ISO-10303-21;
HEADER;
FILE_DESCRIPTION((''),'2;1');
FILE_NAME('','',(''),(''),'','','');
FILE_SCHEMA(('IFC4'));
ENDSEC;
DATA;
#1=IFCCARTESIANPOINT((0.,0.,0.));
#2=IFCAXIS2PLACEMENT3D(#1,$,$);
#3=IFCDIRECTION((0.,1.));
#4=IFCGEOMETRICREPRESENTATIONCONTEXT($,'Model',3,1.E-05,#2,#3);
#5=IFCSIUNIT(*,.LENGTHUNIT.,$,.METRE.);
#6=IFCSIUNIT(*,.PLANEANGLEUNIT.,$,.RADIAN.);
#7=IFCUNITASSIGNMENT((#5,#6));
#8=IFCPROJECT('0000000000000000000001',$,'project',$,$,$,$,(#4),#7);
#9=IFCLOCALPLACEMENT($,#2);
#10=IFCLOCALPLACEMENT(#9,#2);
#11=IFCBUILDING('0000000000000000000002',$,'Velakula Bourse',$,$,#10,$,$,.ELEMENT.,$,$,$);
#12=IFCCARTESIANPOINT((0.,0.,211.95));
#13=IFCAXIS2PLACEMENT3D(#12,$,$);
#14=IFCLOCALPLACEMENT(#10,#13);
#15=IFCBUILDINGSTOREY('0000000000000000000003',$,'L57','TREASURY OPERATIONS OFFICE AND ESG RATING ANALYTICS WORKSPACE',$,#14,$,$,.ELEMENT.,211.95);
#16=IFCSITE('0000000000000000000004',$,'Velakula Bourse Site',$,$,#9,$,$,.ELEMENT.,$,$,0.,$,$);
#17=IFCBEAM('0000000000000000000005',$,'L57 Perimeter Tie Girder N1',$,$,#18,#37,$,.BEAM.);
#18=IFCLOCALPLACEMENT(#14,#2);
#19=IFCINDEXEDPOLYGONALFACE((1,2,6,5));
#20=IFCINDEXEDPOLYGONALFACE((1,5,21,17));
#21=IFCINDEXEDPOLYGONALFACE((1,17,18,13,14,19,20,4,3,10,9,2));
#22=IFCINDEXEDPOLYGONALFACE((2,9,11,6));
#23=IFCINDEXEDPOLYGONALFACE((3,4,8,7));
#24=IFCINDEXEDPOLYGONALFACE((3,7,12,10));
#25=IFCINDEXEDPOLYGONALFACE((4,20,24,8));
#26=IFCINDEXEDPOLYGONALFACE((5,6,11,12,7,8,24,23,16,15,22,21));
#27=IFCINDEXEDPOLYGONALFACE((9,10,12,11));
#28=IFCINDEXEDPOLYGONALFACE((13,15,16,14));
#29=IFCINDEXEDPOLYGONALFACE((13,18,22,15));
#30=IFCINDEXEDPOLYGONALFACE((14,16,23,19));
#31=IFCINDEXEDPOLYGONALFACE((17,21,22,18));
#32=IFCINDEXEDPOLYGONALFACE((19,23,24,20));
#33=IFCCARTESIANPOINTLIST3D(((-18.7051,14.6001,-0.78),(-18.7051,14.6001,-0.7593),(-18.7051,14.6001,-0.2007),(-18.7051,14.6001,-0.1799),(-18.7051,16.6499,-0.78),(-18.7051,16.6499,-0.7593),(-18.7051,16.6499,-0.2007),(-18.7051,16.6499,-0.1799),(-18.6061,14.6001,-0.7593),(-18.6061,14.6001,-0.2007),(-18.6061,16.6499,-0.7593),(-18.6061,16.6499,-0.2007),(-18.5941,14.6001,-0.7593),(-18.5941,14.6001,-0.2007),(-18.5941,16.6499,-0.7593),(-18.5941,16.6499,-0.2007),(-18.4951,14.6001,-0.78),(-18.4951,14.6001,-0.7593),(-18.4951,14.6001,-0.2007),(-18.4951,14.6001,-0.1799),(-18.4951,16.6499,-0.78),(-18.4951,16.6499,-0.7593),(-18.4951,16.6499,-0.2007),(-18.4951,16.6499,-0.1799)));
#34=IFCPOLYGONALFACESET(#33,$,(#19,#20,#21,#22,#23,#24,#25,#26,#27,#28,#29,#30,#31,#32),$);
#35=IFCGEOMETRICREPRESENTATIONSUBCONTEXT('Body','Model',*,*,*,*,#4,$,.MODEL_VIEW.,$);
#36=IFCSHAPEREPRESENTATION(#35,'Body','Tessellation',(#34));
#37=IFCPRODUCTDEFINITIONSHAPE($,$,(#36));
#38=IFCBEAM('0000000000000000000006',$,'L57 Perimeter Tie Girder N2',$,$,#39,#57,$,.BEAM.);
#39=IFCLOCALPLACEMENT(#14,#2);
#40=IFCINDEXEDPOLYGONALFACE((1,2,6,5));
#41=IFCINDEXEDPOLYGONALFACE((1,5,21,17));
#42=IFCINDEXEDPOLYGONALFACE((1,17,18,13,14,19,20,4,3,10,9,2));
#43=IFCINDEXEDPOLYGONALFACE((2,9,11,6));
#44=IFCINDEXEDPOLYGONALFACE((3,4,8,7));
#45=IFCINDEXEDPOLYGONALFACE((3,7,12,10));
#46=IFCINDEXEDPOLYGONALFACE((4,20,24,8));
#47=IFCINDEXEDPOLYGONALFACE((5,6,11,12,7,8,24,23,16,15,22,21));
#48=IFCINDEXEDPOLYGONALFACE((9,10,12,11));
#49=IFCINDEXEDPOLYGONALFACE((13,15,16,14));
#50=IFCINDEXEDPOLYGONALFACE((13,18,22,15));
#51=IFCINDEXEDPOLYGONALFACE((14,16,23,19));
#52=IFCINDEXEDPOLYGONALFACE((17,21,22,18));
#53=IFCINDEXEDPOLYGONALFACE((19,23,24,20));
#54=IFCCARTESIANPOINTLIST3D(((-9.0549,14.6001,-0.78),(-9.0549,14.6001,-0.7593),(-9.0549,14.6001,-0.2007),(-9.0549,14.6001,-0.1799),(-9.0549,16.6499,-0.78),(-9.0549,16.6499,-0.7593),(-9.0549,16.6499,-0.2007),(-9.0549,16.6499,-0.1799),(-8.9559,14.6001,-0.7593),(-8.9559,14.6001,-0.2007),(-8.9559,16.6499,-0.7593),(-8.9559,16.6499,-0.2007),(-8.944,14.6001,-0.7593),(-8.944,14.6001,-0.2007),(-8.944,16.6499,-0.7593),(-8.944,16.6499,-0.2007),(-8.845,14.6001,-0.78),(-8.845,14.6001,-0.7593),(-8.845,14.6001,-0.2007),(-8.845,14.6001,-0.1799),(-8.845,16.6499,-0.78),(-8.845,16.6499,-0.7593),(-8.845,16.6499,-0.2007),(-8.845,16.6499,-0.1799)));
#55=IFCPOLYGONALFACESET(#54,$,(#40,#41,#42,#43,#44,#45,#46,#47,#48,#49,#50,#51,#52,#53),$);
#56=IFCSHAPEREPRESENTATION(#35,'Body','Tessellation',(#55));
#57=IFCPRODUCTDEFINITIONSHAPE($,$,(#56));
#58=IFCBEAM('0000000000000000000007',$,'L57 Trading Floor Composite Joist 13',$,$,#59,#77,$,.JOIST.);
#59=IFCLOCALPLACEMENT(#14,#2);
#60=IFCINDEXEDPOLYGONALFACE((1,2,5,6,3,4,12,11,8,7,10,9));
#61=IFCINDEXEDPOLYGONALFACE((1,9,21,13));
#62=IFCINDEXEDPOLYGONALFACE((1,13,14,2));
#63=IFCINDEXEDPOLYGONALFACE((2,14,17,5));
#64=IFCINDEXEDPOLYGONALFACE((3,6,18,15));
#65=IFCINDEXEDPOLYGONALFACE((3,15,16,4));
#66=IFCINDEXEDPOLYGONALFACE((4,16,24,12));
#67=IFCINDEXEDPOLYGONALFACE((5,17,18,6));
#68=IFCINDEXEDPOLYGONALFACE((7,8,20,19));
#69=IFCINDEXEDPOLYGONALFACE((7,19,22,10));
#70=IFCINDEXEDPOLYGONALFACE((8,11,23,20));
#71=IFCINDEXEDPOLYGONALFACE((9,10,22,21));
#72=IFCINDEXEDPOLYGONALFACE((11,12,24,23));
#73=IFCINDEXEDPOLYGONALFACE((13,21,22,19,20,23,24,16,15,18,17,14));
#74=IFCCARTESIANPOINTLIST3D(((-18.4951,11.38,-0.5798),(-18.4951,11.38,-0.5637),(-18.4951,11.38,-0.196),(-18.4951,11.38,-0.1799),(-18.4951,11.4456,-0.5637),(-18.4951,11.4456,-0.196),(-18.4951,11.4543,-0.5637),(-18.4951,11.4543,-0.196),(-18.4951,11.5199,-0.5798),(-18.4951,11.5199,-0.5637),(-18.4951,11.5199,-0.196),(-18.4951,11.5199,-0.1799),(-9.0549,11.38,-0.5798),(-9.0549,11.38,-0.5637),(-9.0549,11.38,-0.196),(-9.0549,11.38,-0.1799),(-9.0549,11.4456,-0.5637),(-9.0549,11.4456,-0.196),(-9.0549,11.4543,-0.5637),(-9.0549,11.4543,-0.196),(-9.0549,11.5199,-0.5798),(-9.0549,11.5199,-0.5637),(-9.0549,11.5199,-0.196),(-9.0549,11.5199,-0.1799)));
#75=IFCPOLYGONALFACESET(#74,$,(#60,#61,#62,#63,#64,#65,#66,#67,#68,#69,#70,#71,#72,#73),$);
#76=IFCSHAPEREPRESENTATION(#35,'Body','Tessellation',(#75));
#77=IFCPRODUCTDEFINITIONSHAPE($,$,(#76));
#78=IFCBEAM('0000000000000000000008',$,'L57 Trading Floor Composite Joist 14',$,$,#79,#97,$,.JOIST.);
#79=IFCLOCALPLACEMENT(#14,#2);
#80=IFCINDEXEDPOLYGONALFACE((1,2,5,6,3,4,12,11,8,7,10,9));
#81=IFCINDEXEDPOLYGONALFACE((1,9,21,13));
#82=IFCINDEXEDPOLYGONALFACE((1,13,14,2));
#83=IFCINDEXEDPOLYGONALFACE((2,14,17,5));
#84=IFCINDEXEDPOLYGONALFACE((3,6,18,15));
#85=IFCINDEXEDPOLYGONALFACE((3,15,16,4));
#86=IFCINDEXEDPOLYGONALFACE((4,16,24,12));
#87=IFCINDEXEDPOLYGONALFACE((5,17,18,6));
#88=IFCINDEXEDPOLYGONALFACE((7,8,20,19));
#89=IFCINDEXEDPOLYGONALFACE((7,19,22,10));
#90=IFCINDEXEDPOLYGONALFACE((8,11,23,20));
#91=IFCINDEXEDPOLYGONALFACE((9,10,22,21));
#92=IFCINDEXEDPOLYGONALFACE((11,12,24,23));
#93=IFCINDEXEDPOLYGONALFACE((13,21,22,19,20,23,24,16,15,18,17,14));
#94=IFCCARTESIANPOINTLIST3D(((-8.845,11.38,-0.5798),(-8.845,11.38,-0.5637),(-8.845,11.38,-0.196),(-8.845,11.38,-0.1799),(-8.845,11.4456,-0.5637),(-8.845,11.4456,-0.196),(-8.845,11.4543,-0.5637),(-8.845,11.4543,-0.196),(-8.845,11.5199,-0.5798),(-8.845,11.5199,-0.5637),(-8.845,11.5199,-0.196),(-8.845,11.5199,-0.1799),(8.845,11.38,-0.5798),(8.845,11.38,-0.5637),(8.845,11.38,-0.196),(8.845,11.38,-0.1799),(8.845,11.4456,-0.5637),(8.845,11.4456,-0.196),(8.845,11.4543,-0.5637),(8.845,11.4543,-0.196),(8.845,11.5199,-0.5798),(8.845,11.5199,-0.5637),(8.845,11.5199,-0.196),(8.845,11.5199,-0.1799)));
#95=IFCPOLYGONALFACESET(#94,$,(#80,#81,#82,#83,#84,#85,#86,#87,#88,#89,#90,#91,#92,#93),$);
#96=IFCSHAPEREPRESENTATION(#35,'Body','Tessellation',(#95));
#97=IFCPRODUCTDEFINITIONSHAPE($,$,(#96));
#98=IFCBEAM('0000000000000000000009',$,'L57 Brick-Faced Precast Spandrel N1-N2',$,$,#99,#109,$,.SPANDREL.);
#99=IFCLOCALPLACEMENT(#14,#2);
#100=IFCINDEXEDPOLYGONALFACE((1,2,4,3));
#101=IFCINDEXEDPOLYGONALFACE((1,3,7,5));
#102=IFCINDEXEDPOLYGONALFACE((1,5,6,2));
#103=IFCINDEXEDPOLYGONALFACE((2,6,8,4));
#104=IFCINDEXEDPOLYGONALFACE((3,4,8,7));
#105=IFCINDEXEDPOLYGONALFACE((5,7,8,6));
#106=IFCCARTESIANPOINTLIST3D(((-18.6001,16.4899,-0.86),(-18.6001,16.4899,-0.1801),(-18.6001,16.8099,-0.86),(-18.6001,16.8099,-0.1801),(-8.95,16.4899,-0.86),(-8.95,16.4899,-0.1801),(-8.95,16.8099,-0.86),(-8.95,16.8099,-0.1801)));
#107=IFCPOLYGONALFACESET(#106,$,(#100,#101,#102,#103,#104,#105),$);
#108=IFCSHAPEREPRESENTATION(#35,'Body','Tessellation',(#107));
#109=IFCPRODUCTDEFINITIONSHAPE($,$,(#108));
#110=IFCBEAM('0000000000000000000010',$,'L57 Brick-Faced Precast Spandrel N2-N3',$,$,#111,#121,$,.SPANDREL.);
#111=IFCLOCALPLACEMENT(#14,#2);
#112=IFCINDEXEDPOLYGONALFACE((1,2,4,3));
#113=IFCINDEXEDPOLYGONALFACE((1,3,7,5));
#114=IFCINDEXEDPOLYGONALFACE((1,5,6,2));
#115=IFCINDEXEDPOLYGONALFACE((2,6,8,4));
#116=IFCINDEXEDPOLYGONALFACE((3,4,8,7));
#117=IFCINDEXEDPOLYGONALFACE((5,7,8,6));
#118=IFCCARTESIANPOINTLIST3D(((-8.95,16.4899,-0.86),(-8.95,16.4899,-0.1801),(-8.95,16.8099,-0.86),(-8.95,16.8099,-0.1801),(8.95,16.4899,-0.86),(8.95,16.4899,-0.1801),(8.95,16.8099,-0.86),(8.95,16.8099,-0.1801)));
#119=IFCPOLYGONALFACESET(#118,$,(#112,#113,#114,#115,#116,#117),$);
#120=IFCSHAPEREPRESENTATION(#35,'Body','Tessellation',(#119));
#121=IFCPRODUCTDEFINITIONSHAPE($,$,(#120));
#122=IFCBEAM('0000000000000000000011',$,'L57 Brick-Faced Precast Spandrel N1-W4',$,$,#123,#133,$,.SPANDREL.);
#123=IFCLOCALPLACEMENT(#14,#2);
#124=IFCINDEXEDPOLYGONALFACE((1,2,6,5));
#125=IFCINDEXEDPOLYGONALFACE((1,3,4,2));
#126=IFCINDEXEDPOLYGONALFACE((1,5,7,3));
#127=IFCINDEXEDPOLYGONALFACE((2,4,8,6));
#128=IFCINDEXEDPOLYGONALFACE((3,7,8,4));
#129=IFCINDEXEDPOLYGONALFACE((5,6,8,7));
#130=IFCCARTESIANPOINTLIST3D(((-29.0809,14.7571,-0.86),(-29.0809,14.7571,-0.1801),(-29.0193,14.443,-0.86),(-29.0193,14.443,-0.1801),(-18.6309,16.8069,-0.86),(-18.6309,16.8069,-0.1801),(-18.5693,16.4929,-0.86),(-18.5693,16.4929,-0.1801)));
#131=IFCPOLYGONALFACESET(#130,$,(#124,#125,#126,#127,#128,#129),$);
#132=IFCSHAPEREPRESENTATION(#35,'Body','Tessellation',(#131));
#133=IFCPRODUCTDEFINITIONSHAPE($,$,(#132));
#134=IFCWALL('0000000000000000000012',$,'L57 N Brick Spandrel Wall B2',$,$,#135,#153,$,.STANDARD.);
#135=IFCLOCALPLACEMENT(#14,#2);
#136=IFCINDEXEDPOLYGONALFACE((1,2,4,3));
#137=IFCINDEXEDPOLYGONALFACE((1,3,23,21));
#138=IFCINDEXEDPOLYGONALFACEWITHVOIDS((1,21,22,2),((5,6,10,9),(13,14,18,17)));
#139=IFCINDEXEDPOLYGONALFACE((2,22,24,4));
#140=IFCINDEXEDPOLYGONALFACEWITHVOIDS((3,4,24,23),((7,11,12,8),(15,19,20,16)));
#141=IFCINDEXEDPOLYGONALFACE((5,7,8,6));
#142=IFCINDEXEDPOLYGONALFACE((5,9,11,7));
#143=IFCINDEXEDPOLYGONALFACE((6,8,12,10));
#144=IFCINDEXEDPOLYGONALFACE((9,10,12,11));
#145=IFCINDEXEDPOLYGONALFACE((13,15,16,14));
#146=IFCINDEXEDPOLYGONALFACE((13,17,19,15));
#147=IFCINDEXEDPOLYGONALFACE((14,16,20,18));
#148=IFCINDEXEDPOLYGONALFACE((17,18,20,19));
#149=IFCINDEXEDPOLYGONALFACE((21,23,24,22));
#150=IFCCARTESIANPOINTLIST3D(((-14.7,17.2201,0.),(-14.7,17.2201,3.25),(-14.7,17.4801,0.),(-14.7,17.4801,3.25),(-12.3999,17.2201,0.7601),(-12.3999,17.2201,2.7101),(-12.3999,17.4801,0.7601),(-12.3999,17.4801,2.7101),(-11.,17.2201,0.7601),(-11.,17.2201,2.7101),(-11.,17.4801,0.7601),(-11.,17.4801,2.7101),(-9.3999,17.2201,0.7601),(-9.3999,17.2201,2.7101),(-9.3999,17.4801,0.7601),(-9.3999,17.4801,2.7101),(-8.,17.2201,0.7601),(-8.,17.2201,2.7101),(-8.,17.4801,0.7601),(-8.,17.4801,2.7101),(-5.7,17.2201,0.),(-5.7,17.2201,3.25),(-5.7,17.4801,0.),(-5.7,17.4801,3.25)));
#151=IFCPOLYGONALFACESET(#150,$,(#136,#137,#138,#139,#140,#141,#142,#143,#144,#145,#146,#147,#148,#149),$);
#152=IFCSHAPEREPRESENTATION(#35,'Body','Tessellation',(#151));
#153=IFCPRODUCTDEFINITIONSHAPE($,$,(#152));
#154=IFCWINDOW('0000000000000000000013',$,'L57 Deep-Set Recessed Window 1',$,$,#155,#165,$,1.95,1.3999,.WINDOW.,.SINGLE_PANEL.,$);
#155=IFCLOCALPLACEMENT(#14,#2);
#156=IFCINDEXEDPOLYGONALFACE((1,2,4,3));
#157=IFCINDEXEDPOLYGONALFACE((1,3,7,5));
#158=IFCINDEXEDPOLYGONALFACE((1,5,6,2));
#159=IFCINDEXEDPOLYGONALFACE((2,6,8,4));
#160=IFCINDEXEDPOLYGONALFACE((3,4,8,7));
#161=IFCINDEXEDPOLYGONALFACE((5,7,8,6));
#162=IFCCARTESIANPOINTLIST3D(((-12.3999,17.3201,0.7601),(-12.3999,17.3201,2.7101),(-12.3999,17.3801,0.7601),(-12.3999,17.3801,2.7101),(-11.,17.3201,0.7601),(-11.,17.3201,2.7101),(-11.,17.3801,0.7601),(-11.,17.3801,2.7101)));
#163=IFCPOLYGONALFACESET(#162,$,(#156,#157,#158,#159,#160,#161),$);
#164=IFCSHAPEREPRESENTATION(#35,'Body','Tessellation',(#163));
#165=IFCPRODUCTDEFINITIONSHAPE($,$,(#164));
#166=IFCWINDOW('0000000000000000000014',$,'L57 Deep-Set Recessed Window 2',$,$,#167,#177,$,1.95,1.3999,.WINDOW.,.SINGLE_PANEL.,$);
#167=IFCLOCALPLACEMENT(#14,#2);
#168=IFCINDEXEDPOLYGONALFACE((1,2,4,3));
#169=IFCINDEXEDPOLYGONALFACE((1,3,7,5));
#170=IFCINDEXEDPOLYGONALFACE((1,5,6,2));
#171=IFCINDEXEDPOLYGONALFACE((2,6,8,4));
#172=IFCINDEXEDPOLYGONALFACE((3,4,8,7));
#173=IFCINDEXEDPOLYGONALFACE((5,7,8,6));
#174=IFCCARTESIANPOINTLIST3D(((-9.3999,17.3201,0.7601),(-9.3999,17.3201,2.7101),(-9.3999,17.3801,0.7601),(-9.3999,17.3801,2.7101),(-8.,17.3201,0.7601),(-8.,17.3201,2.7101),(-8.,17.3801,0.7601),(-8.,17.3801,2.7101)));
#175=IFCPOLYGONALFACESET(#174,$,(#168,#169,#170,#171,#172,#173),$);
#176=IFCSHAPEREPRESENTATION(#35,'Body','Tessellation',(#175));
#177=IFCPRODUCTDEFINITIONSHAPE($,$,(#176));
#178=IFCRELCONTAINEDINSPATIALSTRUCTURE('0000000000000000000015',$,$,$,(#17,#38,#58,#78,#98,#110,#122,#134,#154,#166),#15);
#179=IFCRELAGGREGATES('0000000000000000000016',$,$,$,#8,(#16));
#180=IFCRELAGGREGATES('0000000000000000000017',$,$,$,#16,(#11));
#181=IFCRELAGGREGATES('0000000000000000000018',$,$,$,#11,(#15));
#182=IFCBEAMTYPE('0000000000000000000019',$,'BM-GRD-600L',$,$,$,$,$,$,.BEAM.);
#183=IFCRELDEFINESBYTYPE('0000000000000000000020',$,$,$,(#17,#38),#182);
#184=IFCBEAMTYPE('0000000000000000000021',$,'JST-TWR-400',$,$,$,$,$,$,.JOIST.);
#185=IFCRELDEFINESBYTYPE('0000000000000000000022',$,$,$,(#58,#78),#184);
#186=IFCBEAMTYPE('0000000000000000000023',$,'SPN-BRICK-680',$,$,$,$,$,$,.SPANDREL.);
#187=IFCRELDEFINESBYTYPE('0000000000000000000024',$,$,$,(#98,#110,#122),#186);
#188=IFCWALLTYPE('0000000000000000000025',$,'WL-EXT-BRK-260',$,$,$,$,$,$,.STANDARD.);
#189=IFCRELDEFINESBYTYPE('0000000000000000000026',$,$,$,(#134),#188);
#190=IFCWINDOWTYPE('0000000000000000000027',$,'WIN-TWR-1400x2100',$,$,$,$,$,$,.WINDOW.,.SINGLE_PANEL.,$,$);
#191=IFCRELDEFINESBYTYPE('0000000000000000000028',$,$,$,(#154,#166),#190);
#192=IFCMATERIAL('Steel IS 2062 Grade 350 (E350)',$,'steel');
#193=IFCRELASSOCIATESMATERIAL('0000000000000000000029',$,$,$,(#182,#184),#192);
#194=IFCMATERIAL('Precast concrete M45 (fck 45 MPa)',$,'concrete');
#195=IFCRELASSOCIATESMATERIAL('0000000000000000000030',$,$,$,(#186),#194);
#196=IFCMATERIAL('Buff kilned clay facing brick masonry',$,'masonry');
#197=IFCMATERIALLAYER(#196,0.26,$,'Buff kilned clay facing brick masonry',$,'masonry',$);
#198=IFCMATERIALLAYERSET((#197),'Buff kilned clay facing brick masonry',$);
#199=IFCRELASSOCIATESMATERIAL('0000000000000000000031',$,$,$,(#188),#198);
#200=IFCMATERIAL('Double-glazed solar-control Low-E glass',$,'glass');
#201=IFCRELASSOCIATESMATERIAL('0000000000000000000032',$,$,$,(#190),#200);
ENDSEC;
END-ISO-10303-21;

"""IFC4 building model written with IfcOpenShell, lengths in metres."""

from ifc_helpers import new_model, si_unit, direction, frame, frame_2d, origin, origin_2d, place, context, subcontext, project, spatial, rectangle, i_section, extrude, material, layer, layer_set, material_profile, profile_set, type_object, element, fill, save


model = new_model("IFC4")

# Units and contexts
model_context = context("Model", 3, precision=1e-05, world=origin(), true_north=direction((0.0, 1.0)))
body_context = subcontext(model_context, "Body", "Model", "MODEL_VIEW")
ifc_project = project(units=[si_unit("LENGTHUNIT", "METRE"), si_unit("PLANEANGLEUNIT", "RADIAN")], contexts=[model_context])

# Site, building, storey
site_placement = place(None, origin())
site = spatial("IfcSite", under=ifc_project, at=site_placement, Name="Velakula Bourse Site", CompositionType="ELEMENT", RefElevation=0.0)
building_placement = place(site_placement, origin())
building = spatial("IfcBuilding", under=site, at=building_placement, Name="Velakula Bourse", CompositionType="ELEMENT")
storey_placement = place(building_placement, frame((0.0, 0.0, 211.95)))
storey = spatial("IfcBuildingStorey", under=building, at=storey_placement, Name="L57", Description="TREASURY OPERATIONS OFFICE AND ESG RATING ANALYTICS WORKSPACE", CompositionType="ELEMENT", Elevation=211.95)

# Shared definitions
ifc_material_1 = material(Name="Steel IS 2062 Grade 350 (E350)", Category="steel")

# Beams
ifc_material_profile_1 = material_profile(ifc_material_1, i_section(OverallWidth=0.21, OverallDepth=0.6001, WebThickness=0.012, FlangeThickness=0.0208, at=origin_2d()), Name="Steel IS 2062 Grade 350 (E350)")
ifc_profile_set_1 = profile_set([ifc_material_profile_1], Name="Steel IS 2062 Grade 350 (E350)")
beam_type_1 = type_object("IfcBeamType", Name="BM-GRD-600L", PredefinedType="BEAM", material=ifc_profile_set_1)
for number, where, z_axis, x_axis, name in (
    (1, (-18.6001, 14.6001, -0.48), (0.0, 1.0, 0.0), (-1.0, 0.0, 0.0), "L57 Perimeter Tie Girder N1"),
    (2, (-8.95, 14.6001, -0.48), (0.0, 1.0, 0.0), (-1.0, 0.0, 0.0), "L57 Perimeter Tie Girder N2"),
):
    element("IfcBeam", number, at=place(storey_placement, frame(where, z_axis=z_axis, x_axis=x_axis)), inside=storey, type_object=beam_type_1, Name=name, PredefinedType="BEAM", context=body_context, shape_type="SweptSolid", body=[
        extrude(i_section(OverallWidth=0.21, OverallDepth=0.6001, WebThickness=0.012, FlangeThickness=0.0208, at=origin_2d()), origin(), (0.0, 0.0, 1.0), 2.0498),
    ])
ifc_material_profile_2 = material_profile(ifc_material_1, i_section(OverallWidth=0.1399, OverallDepth=0.3999, WebThickness=0.0088, FlangeThickness=0.0161, at=origin_2d()), Name="Steel IS 2062 Grade 350 (E350)")
ifc_profile_set_2 = profile_set([ifc_material_profile_2], Name="Steel IS 2062 Grade 350 (E350)")
beam_type_2 = type_object("IfcBeamType", Name="JST-TWR-400", PredefinedType="JOIST", material=ifc_profile_set_2)
beam_1_placement = place(storey_placement, frame((-18.4951, 11.45, -0.3799), z_axis=(1.0, 0.0, 0.0), x_axis=(0.0, 1.0, 0.0)))
element("IfcBeam", 3, at=beam_1_placement, inside=storey, type_object=beam_type_2, Name="L57 Trading Floor Composite Joist 13", PredefinedType="JOIST", context=body_context, shape_type="SweptSolid", body=[
    extrude(i_section(OverallWidth=0.1399, OverallDepth=0.3999, WebThickness=0.0088, FlangeThickness=0.0161, at=origin_2d()), origin(), (0.0, 0.0, 1.0), 9.4402),
])
beam_2_placement = place(storey_placement, frame((-8.845, 11.45, -0.3799), z_axis=(1.0, 0.0, 0.0), x_axis=(0.0, 1.0, 0.0)))
element("IfcBeam", 4, at=beam_2_placement, inside=storey, type_object=beam_type_2, Name="L57 Trading Floor Composite Joist 14", PredefinedType="JOIST", context=body_context, shape_type="SweptSolid", body=[
    extrude(i_section(OverallWidth=0.1399, OverallDepth=0.3999, WebThickness=0.0088, FlangeThickness=0.0161, at=origin_2d()), origin(), (0.0, 0.0, 1.0), 17.6899),
])
ifc_material_2 = material(Name="Precast concrete M45 (fck 45 MPa)", Category="concrete")
ifc_material_profile_3 = material_profile(ifc_material_2, rectangle(XDim=0.3201, YDim=0.6799, at=origin_2d()), Name="Precast concrete M45 (fck 45 MPa)")
ifc_profile_set_3 = profile_set([ifc_material_profile_3], Name="Precast concrete M45 (fck 45 MPa)")
beam_type_3 = type_object("IfcBeamType", Name="SPN-BRICK-680", PredefinedType="SPANDREL", material=ifc_profile_set_3)
beam_3_placement = place(storey_placement, frame((-18.6001, 16.6499, -0.52), z_axis=(1.0, 0.0, 0.0), x_axis=(0.0, 1.0, 0.0)))
element("IfcBeam", 5, at=beam_3_placement, inside=storey, type_object=beam_type_3, Name="L57 Brick-Faced Precast Spandrel N1-N2", PredefinedType="SPANDREL", context=body_context, shape_type="SweptSolid", body=[
    extrude(rectangle(XDim=0.3201, YDim=0.6799, at=origin_2d()), origin(), (0.0, 0.0, 1.0), 9.6501),
])
beam_4_placement = place(storey_placement, frame((-8.95, 16.6499, -0.52), z_axis=(1.0, 0.0, 0.0), x_axis=(0.0, 1.0, 0.0)))
element("IfcBeam", 6, at=beam_4_placement, inside=storey, type_object=beam_type_3, Name="L57 Brick-Faced Precast Spandrel N2-N3", PredefinedType="SPANDREL", context=body_context, shape_type="SweptSolid", body=[
    extrude(rectangle(XDim=0.3201, YDim=0.6799, at=origin_2d()), origin(), (0.0, 0.0, 1.0), 17.8999),
])
beam_5_placement = place(storey_placement, frame((-18.6001, 16.6499, -0.52), z_axis=(-0.9813, -0.192486, 0.0), x_axis=(0.192486, -0.9813, 0.0)))
element("IfcBeam", 7, at=beam_5_placement, inside=storey, type_object=beam_type_3, Name="L57 Brick-Faced Precast Spandrel N1-W4", PredefinedType="SPANDREL", context=body_context, shape_type="SweptSolid", body=[
    extrude(rectangle(XDim=0.3201, YDim=0.6799, at=origin_2d()), origin(), (0.0, 0.0, 1.0), 10.6492),
])

# Wall, openings, windows
ifc_material_3 = material(Name="Buff kilned clay facing brick masonry", Category="masonry")
ifc_layer_1 = layer(ifc_material_3, 0.26, Name="Buff kilned clay facing brick masonry", Category="masonry")
ifc_layer_set_1 = layer_set([ifc_layer_1], Name="Buff kilned clay facing brick masonry")
wall_type_1 = type_object("IfcWallType", Name="WL-EXT-BRK-260", PredefinedType="STANDARD", material=ifc_layer_set_1)
wall_1_placement = place(storey_placement, frame((-14.7, 17.3501, 0.0), z_axis=(0.0, 0.0, 1.0), x_axis=(1.0, 0.0, 0.0)))
wall_1 = element("IfcWall", 8, at=wall_1_placement, inside=storey, type_object=wall_type_1, Name="L57 N Brick Spandrel Wall B2", PredefinedType="STANDARD", context=body_context, shape_type="SweptSolid", body=[
    extrude(rectangle(XDim=9.0, YDim=0.26, at=frame_2d((4.5, 0.0))), origin(), (0.0, 0.0, 1.0), 3.25),
])
opening_1_placement = place(wall_1_placement, frame((2.3, 0.0, 0.76)))
opening_1 = element("IfcOpeningElement", 9, at=opening_1_placement, cuts=wall_1, PredefinedType="OPENING", context=body_context, shape_type="SweptSolid", body=[
    extrude(rectangle(XDim=1.3999, YDim=1.95, at=frame_2d((0.7, 0.9751))), frame((0.0, 0.1399, 0.0), z_axis=(0.0, -1.0, 0.0), x_axis=(1.0, 0.0, 0.0)), (0.0, 0.0, 1.0), 0.28),
])
opening_2_placement = place(wall_1_placement, frame((5.3, 0.0, 0.76)))
opening_2 = element("IfcOpeningElement", 10, at=opening_2_placement, cuts=wall_1, PredefinedType="OPENING", context=body_context, shape_type="SweptSolid", body=[
    extrude(rectangle(XDim=1.3999, YDim=1.95, at=frame_2d((0.7, 0.9751))), frame((0.0, 0.1399, 0.0), z_axis=(0.0, -1.0, 0.0), x_axis=(1.0, 0.0, 0.0)), (0.0, 0.0, 1.0), 0.28),
])
ifc_material_4 = material(Name="Double-glazed solar-control Low-E glass", Category="glass")
window_type = type_object("IfcWindowType", Name="WIN-TWR-1400x2100", PartitioningType="SINGLE_PANEL", PredefinedType="WINDOW", material=ifc_material_4)
window_1_placement = place(opening_1_placement, origin())
window_1 = element("IfcWindow", 11, at=window_1_placement, inside=storey, type_object=window_type, Name="L57 Deep-Set Recessed Window 1", OverallHeight=1.95, OverallWidth=1.3999, PartitioningType="SINGLE_PANEL", PredefinedType="WINDOW", context=body_context, shape_type="SweptSolid", body=[
    extrude(rectangle(XDim=1.3999, YDim=1.95, at=frame_2d((0.7, 0.9751))), frame((0.0, 0.03, 0.0), z_axis=(0.0, -1.0, 0.0), x_axis=(1.0, 0.0, 0.0)), (0.0, 0.0, 1.0), 0.0601),
])
fill(opening_1, window_1)
window_2_placement = place(opening_2_placement, origin())
window_2 = element("IfcWindow", 12, at=window_2_placement, inside=storey, type_object=window_type, Name="L57 Deep-Set Recessed Window 2", OverallHeight=1.95, OverallWidth=1.3999, PartitioningType="SINGLE_PANEL", PredefinedType="WINDOW", context=body_context, shape_type="SweptSolid", body=[
    extrude(rectangle(XDim=1.3999, YDim=1.95, at=frame_2d((0.7, 0.9751))), frame((0.0, 0.03, 0.0), z_axis=(0.0, -1.0, 0.0), x_axis=(1.0, 0.0, 0.0)), (0.0, 0.0, 1.0), 0.0601),
])
fill(opening_2, window_2)

save(model, "model.ifc")
